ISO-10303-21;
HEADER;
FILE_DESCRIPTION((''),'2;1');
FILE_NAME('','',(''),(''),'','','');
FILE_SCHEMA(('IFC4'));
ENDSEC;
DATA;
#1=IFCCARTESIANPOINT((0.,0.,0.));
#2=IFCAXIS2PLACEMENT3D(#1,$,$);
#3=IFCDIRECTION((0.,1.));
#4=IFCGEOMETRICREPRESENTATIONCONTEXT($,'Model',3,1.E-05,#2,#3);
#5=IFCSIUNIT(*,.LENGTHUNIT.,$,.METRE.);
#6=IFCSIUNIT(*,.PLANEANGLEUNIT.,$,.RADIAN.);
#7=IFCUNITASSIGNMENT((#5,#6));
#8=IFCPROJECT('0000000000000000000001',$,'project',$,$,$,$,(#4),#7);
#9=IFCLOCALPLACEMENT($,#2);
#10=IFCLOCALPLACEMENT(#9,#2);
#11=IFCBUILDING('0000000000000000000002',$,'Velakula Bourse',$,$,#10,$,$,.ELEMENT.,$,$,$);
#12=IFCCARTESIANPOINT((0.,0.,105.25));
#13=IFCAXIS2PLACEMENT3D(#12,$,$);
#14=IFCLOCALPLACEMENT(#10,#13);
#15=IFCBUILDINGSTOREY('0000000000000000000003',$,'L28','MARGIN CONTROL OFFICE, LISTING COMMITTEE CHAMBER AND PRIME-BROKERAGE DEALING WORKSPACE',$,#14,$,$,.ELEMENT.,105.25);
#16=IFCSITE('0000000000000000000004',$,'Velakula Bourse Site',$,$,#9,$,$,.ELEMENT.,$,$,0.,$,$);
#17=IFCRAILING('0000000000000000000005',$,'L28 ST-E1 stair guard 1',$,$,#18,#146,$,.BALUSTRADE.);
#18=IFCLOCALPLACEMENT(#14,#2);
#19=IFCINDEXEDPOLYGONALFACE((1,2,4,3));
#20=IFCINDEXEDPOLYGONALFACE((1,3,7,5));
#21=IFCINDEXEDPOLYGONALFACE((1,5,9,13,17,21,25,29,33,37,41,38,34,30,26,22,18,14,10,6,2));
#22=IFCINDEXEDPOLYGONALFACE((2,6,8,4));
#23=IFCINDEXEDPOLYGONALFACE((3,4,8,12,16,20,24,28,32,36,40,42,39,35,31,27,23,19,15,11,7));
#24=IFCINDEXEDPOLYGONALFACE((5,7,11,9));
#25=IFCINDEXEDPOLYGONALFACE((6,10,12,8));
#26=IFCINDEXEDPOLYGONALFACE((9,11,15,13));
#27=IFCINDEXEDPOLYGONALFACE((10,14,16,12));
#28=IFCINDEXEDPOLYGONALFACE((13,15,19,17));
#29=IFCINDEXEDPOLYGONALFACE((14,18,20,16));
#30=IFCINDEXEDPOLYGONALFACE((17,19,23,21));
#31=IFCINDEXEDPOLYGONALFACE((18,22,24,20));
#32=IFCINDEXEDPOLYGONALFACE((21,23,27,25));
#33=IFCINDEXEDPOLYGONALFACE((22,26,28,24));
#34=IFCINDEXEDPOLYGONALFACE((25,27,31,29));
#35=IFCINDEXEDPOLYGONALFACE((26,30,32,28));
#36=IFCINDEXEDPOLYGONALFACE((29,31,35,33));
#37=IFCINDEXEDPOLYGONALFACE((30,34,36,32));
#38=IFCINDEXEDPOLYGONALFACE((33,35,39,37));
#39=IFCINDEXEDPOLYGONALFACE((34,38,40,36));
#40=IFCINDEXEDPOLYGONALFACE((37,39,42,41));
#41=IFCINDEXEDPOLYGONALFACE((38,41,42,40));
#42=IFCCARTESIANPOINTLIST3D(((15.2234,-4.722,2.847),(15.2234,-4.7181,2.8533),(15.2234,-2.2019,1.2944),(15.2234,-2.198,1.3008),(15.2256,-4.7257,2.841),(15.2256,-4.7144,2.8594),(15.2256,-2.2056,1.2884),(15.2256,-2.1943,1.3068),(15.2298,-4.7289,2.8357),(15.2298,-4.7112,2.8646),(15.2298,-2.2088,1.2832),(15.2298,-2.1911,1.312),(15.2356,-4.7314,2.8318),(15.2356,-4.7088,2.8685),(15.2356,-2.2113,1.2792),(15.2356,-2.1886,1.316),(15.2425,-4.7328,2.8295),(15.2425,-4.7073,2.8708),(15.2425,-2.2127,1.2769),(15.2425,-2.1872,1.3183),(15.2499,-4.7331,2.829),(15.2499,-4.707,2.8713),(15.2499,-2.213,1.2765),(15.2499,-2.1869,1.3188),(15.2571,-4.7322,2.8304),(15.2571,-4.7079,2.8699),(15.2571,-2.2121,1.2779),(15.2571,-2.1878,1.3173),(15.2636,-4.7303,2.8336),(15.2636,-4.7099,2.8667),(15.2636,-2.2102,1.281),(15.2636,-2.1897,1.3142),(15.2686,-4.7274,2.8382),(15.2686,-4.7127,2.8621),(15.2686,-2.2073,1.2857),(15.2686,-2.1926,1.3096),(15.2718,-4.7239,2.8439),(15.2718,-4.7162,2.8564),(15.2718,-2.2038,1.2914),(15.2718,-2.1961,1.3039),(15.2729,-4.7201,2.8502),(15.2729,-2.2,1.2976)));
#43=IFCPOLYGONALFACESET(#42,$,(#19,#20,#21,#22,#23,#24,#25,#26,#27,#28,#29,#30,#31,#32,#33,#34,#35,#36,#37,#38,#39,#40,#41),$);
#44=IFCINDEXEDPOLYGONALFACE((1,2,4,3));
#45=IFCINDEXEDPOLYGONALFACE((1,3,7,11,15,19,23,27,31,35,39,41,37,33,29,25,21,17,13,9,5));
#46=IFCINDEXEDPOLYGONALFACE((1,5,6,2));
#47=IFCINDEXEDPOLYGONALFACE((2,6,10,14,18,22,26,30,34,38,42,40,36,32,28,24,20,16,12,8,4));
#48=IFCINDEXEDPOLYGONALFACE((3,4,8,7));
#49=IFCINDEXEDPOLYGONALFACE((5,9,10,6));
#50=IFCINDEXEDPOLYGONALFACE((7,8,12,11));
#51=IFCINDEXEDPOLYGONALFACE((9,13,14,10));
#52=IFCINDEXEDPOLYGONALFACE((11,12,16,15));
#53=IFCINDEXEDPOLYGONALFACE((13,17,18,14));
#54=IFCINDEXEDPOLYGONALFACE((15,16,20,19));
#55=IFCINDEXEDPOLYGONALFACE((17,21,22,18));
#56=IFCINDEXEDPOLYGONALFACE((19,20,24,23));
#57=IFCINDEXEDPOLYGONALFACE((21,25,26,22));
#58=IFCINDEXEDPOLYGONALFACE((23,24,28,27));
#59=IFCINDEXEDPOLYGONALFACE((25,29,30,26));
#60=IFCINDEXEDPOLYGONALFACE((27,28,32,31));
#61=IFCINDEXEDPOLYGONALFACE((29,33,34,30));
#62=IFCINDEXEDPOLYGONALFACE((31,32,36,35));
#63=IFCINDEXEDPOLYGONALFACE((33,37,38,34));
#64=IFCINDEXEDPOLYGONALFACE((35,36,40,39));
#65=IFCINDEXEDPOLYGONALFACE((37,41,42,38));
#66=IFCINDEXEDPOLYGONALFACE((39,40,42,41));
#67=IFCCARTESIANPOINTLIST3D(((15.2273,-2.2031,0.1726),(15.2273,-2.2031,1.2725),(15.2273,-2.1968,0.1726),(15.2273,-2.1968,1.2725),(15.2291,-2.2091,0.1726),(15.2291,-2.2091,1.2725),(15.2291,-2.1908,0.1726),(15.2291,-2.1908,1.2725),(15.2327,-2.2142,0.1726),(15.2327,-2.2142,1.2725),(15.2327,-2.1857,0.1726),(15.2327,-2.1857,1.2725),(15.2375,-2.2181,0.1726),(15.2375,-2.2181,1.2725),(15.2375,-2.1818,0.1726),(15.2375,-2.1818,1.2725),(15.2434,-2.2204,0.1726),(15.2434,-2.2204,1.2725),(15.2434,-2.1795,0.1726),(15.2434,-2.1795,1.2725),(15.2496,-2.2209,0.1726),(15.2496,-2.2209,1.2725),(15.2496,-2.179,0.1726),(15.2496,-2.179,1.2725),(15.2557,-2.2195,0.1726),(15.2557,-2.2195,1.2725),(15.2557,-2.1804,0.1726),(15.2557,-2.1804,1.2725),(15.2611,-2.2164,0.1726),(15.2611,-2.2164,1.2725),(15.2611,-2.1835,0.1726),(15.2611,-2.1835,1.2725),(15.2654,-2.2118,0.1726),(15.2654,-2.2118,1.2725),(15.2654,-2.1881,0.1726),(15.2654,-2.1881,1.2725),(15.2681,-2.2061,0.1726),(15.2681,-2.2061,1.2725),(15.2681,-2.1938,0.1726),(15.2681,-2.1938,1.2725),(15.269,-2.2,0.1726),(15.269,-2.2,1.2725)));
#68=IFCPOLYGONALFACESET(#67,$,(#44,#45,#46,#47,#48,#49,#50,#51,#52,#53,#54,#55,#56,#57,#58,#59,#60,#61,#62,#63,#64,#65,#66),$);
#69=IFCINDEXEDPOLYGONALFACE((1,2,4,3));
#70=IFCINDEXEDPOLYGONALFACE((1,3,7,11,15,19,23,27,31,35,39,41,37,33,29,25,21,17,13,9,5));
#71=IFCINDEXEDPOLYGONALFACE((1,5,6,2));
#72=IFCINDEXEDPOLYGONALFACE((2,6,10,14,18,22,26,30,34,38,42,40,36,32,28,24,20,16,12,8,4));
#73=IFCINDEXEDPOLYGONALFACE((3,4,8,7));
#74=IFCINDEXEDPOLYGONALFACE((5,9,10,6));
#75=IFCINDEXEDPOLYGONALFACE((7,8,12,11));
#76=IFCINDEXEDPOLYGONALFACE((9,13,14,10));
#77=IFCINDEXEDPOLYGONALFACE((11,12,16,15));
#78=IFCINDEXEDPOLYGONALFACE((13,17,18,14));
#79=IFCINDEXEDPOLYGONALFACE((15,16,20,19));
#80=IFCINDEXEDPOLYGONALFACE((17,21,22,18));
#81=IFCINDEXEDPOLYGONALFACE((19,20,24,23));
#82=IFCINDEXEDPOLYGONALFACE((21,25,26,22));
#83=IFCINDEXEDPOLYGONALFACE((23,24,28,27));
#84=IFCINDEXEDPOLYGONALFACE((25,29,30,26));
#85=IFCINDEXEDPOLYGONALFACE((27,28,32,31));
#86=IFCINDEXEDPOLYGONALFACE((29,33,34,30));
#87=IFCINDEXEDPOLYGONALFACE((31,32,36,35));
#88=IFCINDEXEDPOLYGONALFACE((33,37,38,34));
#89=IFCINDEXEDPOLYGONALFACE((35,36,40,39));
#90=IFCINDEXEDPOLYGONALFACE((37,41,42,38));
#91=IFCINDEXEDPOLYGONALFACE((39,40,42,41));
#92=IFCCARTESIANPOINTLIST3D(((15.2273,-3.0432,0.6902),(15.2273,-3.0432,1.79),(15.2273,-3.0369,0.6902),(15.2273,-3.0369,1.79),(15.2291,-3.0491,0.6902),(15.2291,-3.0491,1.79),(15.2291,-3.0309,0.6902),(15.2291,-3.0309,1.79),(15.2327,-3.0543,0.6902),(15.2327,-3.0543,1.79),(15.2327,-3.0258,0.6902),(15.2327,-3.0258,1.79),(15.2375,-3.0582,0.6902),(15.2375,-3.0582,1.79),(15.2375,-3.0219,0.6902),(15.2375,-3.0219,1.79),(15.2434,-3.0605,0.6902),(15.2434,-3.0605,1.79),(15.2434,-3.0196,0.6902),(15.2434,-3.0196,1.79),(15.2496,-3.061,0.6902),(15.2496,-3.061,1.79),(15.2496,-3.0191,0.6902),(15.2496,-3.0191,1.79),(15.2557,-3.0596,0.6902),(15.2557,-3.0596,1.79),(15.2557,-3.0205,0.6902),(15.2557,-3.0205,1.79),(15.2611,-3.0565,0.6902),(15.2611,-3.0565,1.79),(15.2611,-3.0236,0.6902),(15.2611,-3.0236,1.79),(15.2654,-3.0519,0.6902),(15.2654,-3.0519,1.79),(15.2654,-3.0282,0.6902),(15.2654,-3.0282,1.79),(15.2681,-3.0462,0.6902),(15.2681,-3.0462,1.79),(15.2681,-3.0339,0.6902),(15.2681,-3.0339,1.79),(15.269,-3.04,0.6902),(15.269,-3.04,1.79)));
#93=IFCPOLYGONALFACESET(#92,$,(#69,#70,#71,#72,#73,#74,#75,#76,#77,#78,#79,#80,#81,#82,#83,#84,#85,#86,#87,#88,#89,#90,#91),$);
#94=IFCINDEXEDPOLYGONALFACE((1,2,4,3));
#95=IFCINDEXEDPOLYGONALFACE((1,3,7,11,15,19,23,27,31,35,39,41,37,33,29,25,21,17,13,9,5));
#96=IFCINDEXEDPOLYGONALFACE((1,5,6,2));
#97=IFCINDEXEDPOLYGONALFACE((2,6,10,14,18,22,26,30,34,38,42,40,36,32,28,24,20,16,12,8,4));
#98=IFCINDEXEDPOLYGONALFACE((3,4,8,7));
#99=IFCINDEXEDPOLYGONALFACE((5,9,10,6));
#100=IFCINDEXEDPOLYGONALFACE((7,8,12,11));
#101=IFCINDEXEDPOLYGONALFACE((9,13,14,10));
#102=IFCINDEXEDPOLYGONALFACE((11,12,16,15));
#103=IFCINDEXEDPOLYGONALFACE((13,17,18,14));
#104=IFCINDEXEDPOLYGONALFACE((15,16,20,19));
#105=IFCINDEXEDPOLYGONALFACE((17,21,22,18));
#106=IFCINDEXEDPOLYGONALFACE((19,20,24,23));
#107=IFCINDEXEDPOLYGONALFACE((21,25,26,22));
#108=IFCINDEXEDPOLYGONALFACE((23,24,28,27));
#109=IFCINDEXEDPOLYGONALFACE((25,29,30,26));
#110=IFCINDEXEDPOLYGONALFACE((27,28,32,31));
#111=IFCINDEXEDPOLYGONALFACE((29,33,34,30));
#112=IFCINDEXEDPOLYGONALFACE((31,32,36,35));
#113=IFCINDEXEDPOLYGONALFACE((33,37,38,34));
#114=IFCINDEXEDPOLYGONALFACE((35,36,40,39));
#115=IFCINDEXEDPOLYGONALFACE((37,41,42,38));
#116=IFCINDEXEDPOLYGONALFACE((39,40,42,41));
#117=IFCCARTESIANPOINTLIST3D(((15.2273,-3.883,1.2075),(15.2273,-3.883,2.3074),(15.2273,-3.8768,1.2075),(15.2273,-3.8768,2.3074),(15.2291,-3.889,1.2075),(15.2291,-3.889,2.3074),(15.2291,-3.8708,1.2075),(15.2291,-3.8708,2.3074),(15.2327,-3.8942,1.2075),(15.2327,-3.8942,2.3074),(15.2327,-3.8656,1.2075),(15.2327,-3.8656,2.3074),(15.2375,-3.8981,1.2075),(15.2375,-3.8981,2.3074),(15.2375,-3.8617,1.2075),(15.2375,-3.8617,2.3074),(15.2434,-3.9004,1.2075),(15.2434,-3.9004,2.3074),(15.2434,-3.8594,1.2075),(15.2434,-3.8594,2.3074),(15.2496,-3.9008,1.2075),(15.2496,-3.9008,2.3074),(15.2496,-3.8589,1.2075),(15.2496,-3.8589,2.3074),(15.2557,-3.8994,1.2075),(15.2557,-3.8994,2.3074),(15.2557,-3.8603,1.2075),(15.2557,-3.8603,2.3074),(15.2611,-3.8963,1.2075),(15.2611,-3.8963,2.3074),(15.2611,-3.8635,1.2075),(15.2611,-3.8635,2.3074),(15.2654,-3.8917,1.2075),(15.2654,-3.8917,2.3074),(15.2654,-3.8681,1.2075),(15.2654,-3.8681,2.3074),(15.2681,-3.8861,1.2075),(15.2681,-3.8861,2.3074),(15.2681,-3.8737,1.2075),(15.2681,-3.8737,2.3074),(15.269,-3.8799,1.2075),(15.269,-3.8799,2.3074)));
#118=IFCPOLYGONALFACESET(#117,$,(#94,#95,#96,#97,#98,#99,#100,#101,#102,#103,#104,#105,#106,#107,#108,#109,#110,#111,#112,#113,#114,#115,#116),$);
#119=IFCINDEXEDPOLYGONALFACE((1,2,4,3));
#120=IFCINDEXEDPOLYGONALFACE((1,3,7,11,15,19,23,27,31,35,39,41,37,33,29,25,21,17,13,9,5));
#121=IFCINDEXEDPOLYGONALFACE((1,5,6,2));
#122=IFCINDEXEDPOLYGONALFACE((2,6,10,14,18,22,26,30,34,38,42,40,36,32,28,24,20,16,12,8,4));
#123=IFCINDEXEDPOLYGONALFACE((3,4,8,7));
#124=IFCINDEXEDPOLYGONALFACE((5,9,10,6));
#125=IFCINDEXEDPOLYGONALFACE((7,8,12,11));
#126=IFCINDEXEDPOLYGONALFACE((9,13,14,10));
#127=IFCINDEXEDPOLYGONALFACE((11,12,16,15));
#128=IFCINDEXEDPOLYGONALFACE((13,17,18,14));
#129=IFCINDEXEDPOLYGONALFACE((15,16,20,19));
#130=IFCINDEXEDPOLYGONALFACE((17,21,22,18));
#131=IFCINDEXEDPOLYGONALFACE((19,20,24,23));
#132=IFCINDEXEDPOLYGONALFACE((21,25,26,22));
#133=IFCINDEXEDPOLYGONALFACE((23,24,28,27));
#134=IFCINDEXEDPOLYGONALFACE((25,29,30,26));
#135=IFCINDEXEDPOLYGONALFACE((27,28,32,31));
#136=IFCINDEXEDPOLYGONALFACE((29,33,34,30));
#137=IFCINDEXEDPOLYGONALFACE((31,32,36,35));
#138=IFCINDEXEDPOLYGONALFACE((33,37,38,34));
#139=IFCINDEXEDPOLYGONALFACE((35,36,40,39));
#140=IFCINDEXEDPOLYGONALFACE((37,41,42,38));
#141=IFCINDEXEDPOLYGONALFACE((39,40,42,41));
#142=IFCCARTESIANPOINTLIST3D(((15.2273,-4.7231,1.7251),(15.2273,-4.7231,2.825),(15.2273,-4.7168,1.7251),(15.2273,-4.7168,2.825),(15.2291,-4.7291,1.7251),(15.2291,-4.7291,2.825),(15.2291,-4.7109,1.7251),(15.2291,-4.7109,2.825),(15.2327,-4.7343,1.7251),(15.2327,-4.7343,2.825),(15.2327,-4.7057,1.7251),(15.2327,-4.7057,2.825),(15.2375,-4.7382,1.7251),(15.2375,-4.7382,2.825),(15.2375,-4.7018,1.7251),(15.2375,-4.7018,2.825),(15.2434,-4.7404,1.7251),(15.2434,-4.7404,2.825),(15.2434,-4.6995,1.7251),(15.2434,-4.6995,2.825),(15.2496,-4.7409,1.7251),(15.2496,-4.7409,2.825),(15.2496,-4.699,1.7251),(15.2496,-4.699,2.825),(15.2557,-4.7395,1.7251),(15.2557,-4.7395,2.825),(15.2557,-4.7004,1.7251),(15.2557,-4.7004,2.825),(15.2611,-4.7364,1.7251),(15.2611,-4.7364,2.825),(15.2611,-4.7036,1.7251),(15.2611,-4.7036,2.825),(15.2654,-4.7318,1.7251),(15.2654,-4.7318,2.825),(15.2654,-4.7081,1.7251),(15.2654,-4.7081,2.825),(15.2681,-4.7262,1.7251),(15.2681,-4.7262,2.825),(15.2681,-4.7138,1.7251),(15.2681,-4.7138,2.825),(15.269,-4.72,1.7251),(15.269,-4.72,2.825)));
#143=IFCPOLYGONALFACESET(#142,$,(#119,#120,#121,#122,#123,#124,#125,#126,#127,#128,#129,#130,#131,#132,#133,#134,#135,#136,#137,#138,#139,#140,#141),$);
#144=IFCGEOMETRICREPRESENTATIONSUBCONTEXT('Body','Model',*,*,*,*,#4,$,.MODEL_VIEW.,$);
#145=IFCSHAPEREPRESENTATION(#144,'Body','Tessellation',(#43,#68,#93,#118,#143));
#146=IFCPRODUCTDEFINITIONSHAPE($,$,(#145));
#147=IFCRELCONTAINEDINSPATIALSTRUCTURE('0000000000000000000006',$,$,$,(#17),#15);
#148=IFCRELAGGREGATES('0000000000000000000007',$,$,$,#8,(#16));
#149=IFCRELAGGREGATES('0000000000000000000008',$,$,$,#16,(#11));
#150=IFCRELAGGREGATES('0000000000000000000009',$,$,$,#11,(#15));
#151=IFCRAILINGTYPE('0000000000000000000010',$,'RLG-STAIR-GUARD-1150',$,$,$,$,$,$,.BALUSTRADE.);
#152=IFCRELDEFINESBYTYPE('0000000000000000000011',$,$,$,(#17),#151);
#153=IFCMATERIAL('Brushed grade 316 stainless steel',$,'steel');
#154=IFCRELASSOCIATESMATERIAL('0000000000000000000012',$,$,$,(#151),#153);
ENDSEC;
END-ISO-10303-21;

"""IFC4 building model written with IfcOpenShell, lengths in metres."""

from ifc_helpers import new_model, si_unit, direction, frame, origin, origin_2d, place, context, subcontext, project, spatial, circle, extrude, material, type_object, element, save


model = new_model("IFC4")

# Units and contexts
model_context = context("Model", 3, precision=1e-05, world=origin(), true_north=direction((0.0, 1.0)))
body_context = subcontext(model_context, "Body", "Model", "MODEL_VIEW")
ifc_project = project(units=[si_unit("LENGTHUNIT", "METRE"), si_unit("PLANEANGLEUNIT", "RADIAN")], contexts=[model_context])

# Site, building, storey
site_placement = place(None, origin())
site = spatial("IfcSite", under=ifc_project, at=site_placement, Name="Velakula Bourse Site", CompositionType="ELEMENT", RefElevation=0.0)
building_placement = place(site_placement, origin())
building = spatial("IfcBuilding", under=site, at=building_placement, Name="Velakula Bourse", CompositionType="ELEMENT")
storey_placement = place(building_placement, frame((0.0, 0.0, 105.25)))
storey = spatial("IfcBuildingStorey", under=building, at=storey_placement, Name="L28", Description="MARGIN CONTROL OFFICE, LISTING COMMITTEE CHAMBER AND PRIME-BROKERAGE DEALING WORKSPACE", CompositionType="ELEMENT", Elevation=105.25)

# Shared definitions
ifc_material_1 = material(Name="Brushed grade 316 stainless steel", Category="steel")

# Railing
railing_type_1 = type_object("IfcRailingType", Name="RLG-STAIR-GUARD-1150", PredefinedType="BALUSTRADE", material=ifc_material_1)
railing_1_placement = place(storey_placement, frame((15.248, -2.2, 0.1726)))
element("IfcRailing", 1, at=railing_1_placement, inside=storey, type_object=railing_type_1, Name="L28 ST-E1 stair guard 1", PredefinedType="BALUSTRADE", context=body_context, shape_type="SweptSolid", body=[
    extrude(circle(Radius=0.0249, at=origin_2d()), frame((0.0, 0.0, 1.125), z_axis=(0.0, -0.8514, 0.524516), x_axis=(1.0, 0.0, 0.0)), (0.0, 0.0, 1.0), 2.96),
    extrude(circle(Radius=0.021, at=origin_2d()), origin(), (0.0, 0.0, 1.0), 1.0999),
    extrude(circle(Radius=0.021, at=origin_2d()), frame((0.0, -0.8401, 0.5176)), (0.0, 0.0, 1.0), 1.0999),
    extrude(circle(Radius=0.021, at=origin_2d()), frame((0.0, -1.6799, 1.0349)), (0.0, 0.0, 1.0), 1.0999),
    extrude(circle(Radius=0.021, at=origin_2d()), frame((0.0, -2.52, 1.5525)), (0.0, 0.0, 1.0), 1.0999),
])

save(model, "model.ifc")
